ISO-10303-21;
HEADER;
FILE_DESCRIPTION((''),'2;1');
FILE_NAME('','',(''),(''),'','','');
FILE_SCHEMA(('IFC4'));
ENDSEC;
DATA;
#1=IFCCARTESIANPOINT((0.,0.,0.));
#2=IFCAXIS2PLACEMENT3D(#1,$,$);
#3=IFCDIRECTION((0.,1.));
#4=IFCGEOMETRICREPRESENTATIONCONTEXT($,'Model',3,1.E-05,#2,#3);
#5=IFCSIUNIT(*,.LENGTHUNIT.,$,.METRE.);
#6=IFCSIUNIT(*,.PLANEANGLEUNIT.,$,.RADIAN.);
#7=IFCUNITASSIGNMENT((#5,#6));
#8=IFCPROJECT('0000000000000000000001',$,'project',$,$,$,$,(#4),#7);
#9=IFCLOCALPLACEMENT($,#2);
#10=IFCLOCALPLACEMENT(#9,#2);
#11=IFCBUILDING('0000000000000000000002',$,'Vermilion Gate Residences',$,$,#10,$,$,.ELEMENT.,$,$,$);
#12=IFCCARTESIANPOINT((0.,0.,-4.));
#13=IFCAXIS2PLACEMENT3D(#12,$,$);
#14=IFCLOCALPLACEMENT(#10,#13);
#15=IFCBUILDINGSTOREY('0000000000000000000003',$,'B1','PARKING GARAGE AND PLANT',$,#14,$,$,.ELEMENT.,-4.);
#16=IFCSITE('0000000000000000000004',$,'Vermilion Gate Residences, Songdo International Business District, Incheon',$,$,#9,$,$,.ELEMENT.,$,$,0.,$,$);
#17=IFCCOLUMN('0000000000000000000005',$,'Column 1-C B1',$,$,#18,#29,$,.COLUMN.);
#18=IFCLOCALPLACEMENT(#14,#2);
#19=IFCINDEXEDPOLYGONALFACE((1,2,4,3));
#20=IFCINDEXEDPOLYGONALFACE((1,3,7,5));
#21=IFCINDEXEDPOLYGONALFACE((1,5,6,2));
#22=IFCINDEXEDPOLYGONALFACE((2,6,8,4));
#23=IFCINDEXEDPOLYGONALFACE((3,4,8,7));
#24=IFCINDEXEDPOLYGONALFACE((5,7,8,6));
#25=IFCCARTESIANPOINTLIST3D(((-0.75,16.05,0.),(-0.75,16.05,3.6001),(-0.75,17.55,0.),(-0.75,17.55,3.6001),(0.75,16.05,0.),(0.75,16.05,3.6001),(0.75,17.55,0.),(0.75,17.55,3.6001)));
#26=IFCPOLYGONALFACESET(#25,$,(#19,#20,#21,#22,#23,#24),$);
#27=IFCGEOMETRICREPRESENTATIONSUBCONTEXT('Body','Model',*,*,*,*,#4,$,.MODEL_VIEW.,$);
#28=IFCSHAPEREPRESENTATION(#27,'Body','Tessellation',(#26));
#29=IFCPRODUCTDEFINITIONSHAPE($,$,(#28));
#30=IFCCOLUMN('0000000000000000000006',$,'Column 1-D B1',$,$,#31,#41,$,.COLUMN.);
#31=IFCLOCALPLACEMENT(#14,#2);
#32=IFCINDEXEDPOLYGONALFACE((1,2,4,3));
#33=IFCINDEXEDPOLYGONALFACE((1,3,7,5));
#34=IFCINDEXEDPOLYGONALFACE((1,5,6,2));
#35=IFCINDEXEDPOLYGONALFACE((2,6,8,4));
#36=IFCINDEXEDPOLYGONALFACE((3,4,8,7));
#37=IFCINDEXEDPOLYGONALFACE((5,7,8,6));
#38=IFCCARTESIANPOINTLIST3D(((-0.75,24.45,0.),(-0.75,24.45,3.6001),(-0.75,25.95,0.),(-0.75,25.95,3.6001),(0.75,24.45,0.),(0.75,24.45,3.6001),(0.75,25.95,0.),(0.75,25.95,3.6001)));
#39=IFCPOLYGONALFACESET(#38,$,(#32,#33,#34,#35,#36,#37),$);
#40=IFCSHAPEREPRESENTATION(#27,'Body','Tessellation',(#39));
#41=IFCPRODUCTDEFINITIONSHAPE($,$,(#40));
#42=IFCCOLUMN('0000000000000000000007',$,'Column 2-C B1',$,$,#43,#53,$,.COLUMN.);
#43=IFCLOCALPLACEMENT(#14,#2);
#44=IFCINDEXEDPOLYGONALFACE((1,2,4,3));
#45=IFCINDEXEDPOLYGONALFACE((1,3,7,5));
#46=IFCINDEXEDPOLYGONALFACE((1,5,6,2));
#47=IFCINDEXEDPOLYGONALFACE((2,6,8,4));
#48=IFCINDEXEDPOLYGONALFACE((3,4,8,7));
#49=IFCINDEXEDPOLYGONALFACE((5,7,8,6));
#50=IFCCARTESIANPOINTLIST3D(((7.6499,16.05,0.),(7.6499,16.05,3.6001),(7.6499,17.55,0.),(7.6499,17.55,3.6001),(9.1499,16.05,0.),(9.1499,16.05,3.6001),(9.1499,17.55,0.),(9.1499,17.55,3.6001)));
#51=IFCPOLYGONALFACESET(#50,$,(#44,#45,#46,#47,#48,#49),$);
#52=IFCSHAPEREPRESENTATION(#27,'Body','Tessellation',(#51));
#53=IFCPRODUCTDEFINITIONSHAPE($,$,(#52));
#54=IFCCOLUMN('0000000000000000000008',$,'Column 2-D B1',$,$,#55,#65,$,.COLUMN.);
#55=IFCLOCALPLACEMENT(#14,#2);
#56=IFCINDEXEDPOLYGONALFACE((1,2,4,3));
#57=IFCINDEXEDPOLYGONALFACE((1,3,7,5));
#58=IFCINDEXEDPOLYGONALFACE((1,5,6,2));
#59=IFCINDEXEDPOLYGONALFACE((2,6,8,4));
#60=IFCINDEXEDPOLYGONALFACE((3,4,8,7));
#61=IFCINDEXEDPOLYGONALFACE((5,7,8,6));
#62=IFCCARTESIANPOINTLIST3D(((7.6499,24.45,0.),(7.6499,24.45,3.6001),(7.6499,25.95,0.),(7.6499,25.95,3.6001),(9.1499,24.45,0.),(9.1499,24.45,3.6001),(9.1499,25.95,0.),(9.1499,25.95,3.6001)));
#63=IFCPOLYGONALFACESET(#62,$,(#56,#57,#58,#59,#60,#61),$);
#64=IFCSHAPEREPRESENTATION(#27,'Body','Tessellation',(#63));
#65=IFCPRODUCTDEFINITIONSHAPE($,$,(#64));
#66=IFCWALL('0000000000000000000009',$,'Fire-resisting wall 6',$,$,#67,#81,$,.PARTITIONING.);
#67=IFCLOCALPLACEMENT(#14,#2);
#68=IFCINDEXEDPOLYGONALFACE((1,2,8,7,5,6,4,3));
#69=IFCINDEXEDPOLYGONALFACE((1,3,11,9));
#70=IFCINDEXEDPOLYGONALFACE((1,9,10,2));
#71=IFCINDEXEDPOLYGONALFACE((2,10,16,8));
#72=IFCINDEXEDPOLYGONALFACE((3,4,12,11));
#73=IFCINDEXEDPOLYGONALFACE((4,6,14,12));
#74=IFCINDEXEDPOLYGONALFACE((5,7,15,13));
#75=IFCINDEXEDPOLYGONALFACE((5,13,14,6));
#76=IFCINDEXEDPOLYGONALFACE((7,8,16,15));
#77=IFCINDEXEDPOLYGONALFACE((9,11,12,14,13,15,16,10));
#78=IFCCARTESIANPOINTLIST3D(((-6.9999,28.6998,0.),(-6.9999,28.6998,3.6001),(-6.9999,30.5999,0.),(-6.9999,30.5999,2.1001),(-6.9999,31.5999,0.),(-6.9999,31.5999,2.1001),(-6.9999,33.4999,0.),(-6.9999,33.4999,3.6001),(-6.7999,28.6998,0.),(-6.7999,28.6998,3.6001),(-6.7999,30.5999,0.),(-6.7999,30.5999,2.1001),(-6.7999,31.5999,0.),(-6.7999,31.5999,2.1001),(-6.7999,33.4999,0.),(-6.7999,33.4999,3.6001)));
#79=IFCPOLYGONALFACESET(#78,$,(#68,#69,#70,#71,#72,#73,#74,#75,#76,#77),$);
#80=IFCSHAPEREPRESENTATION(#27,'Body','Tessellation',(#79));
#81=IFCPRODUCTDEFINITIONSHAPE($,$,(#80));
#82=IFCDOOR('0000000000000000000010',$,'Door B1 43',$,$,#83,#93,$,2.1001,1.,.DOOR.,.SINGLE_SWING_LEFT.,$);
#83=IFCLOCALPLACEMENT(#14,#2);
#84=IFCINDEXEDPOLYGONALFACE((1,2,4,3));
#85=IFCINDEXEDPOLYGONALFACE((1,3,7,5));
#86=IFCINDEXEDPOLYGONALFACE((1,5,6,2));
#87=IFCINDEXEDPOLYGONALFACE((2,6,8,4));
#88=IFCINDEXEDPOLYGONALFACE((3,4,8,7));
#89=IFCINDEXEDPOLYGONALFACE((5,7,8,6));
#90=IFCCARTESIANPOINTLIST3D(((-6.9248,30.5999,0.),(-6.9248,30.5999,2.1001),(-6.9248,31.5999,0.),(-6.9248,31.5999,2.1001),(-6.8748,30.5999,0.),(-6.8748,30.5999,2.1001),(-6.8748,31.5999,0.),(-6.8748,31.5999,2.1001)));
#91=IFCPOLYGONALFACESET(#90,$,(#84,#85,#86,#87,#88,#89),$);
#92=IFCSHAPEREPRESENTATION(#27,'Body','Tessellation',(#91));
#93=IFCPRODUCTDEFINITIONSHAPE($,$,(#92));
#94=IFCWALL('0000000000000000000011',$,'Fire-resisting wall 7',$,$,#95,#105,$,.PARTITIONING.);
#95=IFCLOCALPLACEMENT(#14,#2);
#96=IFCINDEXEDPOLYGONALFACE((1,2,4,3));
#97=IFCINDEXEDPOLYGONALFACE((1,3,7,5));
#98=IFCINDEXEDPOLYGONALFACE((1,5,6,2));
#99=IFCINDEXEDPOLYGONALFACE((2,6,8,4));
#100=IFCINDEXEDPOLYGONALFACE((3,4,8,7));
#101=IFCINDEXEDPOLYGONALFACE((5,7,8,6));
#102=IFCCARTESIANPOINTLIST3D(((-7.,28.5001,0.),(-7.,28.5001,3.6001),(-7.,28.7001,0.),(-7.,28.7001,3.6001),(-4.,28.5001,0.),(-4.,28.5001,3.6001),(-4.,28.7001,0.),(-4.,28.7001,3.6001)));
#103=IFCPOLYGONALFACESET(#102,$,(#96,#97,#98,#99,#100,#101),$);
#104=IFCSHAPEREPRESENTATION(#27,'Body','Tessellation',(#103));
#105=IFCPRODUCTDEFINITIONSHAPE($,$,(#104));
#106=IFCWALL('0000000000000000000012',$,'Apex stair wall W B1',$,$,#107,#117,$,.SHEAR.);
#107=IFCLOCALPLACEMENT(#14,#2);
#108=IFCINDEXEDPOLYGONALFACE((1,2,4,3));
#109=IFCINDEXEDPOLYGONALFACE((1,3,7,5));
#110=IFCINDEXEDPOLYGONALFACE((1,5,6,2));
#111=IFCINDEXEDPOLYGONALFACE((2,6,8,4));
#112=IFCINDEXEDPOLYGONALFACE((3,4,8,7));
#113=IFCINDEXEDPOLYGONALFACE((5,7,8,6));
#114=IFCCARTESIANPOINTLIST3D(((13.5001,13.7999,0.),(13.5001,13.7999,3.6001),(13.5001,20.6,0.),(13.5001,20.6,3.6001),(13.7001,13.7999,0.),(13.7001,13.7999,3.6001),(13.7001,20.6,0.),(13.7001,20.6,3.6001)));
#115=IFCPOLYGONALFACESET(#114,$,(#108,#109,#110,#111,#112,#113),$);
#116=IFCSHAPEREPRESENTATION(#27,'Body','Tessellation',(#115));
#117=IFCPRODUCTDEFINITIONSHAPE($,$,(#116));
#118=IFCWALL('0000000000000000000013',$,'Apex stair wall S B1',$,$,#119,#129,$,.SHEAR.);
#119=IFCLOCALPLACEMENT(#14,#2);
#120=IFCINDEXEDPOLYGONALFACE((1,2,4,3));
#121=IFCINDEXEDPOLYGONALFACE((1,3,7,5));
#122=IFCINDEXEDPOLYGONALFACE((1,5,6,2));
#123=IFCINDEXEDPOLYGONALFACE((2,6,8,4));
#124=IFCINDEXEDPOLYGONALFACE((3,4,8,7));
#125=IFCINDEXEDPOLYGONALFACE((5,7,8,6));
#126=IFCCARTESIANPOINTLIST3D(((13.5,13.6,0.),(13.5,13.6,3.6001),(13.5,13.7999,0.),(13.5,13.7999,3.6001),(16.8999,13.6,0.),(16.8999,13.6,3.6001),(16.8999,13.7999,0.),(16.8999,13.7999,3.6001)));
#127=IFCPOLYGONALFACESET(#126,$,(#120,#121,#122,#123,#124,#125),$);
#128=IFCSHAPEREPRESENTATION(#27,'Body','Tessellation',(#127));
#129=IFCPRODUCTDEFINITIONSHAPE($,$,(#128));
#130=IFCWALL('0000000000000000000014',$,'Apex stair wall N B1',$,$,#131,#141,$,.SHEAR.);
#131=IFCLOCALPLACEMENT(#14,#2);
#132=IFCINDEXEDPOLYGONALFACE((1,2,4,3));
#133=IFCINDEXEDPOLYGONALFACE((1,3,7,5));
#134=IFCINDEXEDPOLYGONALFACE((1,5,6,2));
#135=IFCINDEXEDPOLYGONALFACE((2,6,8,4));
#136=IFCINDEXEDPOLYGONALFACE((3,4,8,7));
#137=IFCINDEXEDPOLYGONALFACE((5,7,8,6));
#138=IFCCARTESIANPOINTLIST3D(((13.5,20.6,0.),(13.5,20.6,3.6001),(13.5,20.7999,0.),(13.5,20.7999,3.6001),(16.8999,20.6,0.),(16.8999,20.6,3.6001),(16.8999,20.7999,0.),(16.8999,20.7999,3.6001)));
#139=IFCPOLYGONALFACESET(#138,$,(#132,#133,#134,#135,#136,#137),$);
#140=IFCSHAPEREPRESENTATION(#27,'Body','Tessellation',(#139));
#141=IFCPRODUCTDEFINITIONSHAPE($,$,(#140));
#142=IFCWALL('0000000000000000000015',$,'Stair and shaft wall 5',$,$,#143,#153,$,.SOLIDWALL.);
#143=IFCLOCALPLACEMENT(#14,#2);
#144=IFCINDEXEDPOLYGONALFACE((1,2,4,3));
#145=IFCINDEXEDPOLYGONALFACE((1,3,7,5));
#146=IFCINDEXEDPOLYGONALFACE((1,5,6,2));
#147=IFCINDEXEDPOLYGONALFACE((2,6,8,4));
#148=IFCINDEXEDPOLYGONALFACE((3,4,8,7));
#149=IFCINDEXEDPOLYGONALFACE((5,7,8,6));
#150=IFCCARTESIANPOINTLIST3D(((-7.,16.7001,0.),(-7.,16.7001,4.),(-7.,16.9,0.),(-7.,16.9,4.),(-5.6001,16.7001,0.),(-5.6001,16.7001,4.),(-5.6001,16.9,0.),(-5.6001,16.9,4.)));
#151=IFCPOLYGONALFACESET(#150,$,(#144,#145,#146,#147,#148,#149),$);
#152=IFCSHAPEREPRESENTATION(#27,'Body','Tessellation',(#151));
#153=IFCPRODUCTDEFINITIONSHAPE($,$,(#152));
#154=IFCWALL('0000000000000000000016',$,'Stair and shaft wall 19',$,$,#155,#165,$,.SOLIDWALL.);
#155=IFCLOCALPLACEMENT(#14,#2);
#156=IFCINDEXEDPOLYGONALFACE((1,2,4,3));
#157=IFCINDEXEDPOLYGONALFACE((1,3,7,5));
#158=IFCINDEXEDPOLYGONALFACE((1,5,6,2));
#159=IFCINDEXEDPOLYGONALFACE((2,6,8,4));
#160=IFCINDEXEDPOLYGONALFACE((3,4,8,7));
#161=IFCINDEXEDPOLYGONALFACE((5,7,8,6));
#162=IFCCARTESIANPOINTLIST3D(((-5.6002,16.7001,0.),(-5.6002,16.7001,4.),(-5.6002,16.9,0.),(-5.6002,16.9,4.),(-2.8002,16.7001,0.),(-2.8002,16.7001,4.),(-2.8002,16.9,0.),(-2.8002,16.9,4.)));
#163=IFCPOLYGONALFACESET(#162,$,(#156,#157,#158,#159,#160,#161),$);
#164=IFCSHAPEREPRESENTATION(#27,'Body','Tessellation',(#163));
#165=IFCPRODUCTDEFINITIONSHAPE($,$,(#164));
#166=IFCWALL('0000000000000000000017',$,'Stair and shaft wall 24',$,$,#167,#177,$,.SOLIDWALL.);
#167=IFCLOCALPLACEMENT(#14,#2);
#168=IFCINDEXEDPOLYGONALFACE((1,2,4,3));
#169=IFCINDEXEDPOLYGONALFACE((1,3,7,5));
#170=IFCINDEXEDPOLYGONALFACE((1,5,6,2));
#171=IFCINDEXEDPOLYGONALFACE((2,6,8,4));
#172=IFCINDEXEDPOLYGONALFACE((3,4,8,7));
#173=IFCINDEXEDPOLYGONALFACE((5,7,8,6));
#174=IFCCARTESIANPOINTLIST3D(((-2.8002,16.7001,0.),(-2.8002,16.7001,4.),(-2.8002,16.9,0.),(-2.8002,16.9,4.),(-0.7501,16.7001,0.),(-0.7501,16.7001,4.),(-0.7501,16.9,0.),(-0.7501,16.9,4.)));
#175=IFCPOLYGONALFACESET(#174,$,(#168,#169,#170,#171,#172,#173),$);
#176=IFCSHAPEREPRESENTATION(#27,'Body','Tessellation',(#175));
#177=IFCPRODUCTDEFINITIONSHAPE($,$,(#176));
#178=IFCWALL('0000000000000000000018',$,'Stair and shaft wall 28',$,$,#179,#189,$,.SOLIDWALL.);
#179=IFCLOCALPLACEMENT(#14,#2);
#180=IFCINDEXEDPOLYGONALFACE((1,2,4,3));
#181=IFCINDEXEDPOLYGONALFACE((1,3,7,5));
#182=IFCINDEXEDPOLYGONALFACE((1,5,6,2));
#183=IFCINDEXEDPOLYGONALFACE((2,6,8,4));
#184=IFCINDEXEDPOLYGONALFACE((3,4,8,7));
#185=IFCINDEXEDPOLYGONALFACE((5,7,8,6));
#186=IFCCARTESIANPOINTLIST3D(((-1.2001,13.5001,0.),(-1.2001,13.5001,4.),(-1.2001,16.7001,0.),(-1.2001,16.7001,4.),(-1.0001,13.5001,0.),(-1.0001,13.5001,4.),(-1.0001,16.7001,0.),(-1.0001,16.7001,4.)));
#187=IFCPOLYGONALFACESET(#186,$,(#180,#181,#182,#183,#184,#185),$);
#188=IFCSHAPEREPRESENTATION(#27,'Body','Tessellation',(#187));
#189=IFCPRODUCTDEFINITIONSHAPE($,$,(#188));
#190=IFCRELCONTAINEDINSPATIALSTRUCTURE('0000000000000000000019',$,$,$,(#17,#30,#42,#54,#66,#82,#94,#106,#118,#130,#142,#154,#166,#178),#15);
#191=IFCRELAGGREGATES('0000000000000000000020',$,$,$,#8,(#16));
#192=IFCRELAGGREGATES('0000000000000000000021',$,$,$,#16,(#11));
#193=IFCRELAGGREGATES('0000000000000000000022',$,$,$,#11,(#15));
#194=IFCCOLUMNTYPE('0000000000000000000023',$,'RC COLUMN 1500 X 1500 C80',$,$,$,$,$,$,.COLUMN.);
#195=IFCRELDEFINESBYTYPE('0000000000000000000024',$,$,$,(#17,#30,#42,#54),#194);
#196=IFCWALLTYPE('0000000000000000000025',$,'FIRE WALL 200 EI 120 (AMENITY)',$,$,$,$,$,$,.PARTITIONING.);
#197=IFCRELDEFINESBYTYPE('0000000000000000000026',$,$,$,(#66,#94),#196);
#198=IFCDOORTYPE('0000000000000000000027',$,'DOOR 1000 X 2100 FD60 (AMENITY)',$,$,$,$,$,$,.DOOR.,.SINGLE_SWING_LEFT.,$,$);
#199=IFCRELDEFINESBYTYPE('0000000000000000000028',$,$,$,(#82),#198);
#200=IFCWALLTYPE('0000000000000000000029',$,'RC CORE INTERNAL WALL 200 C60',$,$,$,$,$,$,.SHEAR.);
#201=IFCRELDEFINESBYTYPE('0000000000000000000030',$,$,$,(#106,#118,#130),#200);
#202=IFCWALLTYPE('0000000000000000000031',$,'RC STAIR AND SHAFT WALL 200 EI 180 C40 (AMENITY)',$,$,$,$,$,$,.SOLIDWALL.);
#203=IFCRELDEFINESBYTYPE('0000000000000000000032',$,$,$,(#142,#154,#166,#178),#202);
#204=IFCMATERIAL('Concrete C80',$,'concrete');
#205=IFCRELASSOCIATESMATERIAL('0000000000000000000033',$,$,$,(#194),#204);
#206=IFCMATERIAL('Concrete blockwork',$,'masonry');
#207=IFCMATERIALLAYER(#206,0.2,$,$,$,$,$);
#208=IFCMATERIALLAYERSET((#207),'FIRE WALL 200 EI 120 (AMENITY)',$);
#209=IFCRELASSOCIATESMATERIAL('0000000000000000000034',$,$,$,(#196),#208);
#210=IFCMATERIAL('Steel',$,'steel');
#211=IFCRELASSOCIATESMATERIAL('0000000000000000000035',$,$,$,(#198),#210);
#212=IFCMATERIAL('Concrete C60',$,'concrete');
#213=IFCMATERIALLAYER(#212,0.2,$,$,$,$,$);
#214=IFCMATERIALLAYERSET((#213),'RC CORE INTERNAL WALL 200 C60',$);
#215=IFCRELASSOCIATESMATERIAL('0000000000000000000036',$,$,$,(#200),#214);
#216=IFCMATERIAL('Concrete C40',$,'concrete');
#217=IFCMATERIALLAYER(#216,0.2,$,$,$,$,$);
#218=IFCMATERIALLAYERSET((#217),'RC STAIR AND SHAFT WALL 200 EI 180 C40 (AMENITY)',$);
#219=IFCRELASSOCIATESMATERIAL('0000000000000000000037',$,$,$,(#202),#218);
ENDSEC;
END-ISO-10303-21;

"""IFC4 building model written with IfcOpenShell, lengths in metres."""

from ifc_helpers import new_model, si_unit, direction, frame, frame_2d, origin, origin_2d, place, context, subcontext, project, spatial, rectangle, extrude, material, layer, layer_set, material_profile, profile_set, type_object, element, fill, save


model = new_model("IFC4")

# Units and contexts
model_context = context("Model", 3, precision=1e-05, world=origin(), true_north=direction((0.0, 1.0)))
body_context = subcontext(model_context, "Body", "Model", "MODEL_VIEW")
ifc_project = project(units=[si_unit("LENGTHUNIT", "METRE"), si_unit("PLANEANGLEUNIT", "RADIAN")], contexts=[model_context])

# Site, building, storey
site_placement = place(None, origin())
site = spatial("IfcSite", under=ifc_project, at=site_placement, Name="Vermilion Gate Residences, Songdo International Business District, Incheon", CompositionType="ELEMENT", RefElevation=0.0)
building_placement = place(site_placement, origin())
building = spatial("IfcBuilding", under=site, at=building_placement, Name="Vermilion Gate Residences", CompositionType="ELEMENT")
storey_placement = place(building_placement, frame((0.0, 0.0, -4.0)))
storey = spatial("IfcBuildingStorey", under=building, at=storey_placement, Name="B1", Description="PARKING GARAGE AND PLANT", CompositionType="ELEMENT", Elevation=-4.0)

# Columns
ifc_material_1 = material(Name="Concrete C80", Category="concrete")
ifc_material_profile = material_profile(ifc_material_1, rectangle(XDim=1.5, YDim=1.5, at=origin_2d()), Name="RC-1500x1500")
ifc_profile_set = profile_set([ifc_material_profile], Name="Concrete C80")
column_type = type_object("IfcColumnType", Name="RC COLUMN 1500 X 1500 C80", PredefinedType="COLUMN", material=ifc_profile_set)
for number, where, z_axis, x_axis, name in (
    (1, (0.0, 16.8, 0.0), (0.0, 0.0, 1.0), (1.0, 0.0, 0.0), "Column 1-C B1"),
    (2, (0.0, 25.2, 0.0), (0.0, 0.0, 1.0), (1.0, 0.0, 0.0), "Column 1-D B1"),
    (3, (8.3999, 16.8, 0.0), (0.0, 0.0, 1.0), (1.0, 0.0, 0.0), "Column 2-C B1"),
    (4, (8.3999, 25.2, 0.0), (0.0, 0.0, 1.0), (1.0, 0.0, 0.0), "Column 2-D B1"),
):
    element("IfcColumn", number, at=place(storey_placement, frame(where, z_axis=z_axis, x_axis=x_axis)), inside=storey, type_object=column_type, Name=name, PredefinedType="COLUMN", context=body_context, shape_type="SweptSolid", body=[
        extrude(rectangle(XDim=1.5, YDim=1.5, at=origin_2d()), origin(), (0.0, 0.0, 1.0), 3.6001),
    ])

# Wall, opening, door
ifc_material_2 = material(Name="Concrete blockwork", Category="masonry")
ifc_layer_1 = layer(ifc_material_2, 0.2)
ifc_layer_set_1 = layer_set([ifc_layer_1], Name="FIRE WALL 200 EI 120 (AMENITY)")
wall_type_1 = type_object("IfcWallType", Name="FIRE WALL 200 EI 120 (AMENITY)", PredefinedType="PARTITIONING", material=ifc_layer_set_1)
wall_1_placement = place(storey_placement, frame((-6.8999, 28.7, 0.0), z_axis=(0.0, 0.0, 1.0), x_axis=(0.0, 1.0, 0.0)))
wall_1 = element("IfcWall", 5, at=wall_1_placement, inside=storey, type_object=wall_type_1, Name="Fire-resisting wall 6", PredefinedType="PARTITIONING", context=body_context, shape_type="SweptSolid", body=[
    extrude(rectangle(XDim=4.8, YDim=0.2, at=frame_2d((2.3999, 0.0))), origin(), (0.0, 0.0, 1.0), 3.6001),
])
opening_placement = place(wall_1_placement, frame((1.8999, 0.0, 0.0)))
opening = element("IfcOpeningElement", 6, at=opening_placement, cuts=wall_1, PredefinedType="OPENING", context=body_context, shape_type="SweptSolid", body=[
    extrude(rectangle(XDim=1.0, YDim=2.1001, at=frame_2d((0.5, 1.05))), frame((0.0, 0.1099, 0.0), z_axis=(0.0, -1.0, 0.0), x_axis=(1.0, 0.0, 0.0)), (0.0, 0.0, 1.0), 0.22),
])
ifc_material_3 = material(Name="Steel", Category="steel")
door_type = type_object("IfcDoorType", Name="DOOR 1000 X 2100 FD60 (AMENITY)", OperationType="SINGLE_SWING_LEFT", PredefinedType="DOOR", material=ifc_material_3)
door_placement = place(opening_placement, origin())
door = element("IfcDoor", 7, at=door_placement, inside=storey, type_object=door_type, Name="Door B1 43", OperationType="SINGLE_SWING_LEFT", OverallHeight=2.1001, OverallWidth=1.0, PredefinedType="DOOR", context=body_context, shape_type="SweptSolid", body=[
    extrude(rectangle(XDim=1.0, YDim=2.1001, at=frame_2d((0.5, 1.05))), frame((0.0, 0.0249, 0.0), z_axis=(0.0, -1.0, 0.0), x_axis=(1.0, 0.0, 0.0)), (0.0, 0.0, 1.0), 0.05),
])
fill(opening, door)

# Walls
wall_2_placement = place(storey_placement, frame((-7.0, 28.6001, 0.0), z_axis=(0.0, 0.0, 1.0), x_axis=(1.0, 0.0, 0.0)))
element("IfcWall", 8, at=wall_2_placement, inside=storey, type_object=wall_type_1, Name="Fire-resisting wall 7", PredefinedType="PARTITIONING", context=body_context, shape_type="SweptSolid", body=[
    extrude(rectangle(XDim=3.0, YDim=0.2, at=frame_2d((1.5, 0.0))), origin(), (0.0, 0.0, 1.0), 3.6001),
])
ifc_material_4 = material(Name="Concrete C60", Category="concrete")
ifc_layer_2 = layer(ifc_material_4, 0.2)
ifc_layer_set_2 = layer_set([ifc_layer_2], Name="RC CORE INTERNAL WALL 200 C60")
wall_type_2 = type_object("IfcWallType", Name="RC CORE INTERNAL WALL 200 C60", PredefinedType="SHEAR", material=ifc_layer_set_2)
wall_3_placement = place(storey_placement, frame((13.6001, 13.8, 0.0), z_axis=(0.0, 0.0, 1.0), x_axis=(0.0, 1.0, 0.0)))
element("IfcWall", 9, at=wall_3_placement, inside=storey, type_object=wall_type_2, Name="Apex stair wall W B1", PredefinedType="SHEAR", context=body_context, shape_type="SweptSolid", body=[
    extrude(rectangle(XDim=6.8, YDim=0.2, at=frame_2d((3.3999, 0.0))), origin(), (0.0, 0.0, 1.0), 3.6001),
])
for number, where, z_axis, x_axis, name in (
    (10, (13.5, 13.7, 0.0), (0.0, 0.0, 1.0), (1.0, 0.0, 0.0), "Apex stair wall S B1"),
    (11, (13.5, 20.7, 0.0), (0.0, 0.0, 1.0), (1.0, 0.0, 0.0), "Apex stair wall N B1"),
):
    element("IfcWall", number, at=place(storey_placement, frame(where, z_axis=z_axis, x_axis=x_axis)), inside=storey, type_object=wall_type_2, Name=name, PredefinedType="SHEAR", context=body_context, shape_type="SweptSolid", body=[
        extrude(rectangle(XDim=3.3999, YDim=0.2, at=frame_2d((1.7, 0.0))), origin(), (0.0, 0.0, 1.0), 3.6001),
    ])
ifc_material_5 = material(Name="Concrete C40", Category="concrete")
ifc_layer_3 = layer(ifc_material_5, 0.2)
ifc_layer_set_3 = layer_set([ifc_layer_3], Name="RC STAIR AND SHAFT WALL 200 EI 180 C40 (AMENITY)")
wall_type_3 = type_object("IfcWallType", Name="RC STAIR AND SHAFT WALL 200 EI 180 C40 (AMENITY)", PredefinedType="SOLIDWALL", material=ifc_layer_set_3)
wall_4_placement = place(storey_placement, frame((-7.0, 16.8, 0.0), z_axis=(0.0, 0.0, 1.0), x_axis=(1.0, 0.0, 0.0)))
element("IfcWall", 12, at=wall_4_placement, inside=storey, type_object=wall_type_3, Name="Stair and shaft wall 5", PredefinedType="SOLIDWALL", context=body_context, shape_type="SweptSolid", body=[
    extrude(rectangle(XDim=1.3999, YDim=0.2, at=frame_2d((0.7, 0.0))), origin(), (0.0, 0.0, 1.0), 4.0),
])
wall_5_placement = place(storey_placement, frame((-5.6001, 16.8, 0.0), z_axis=(0.0, 0.0, 1.0), x_axis=(1.0, 0.0, 0.0)))
element("IfcWall", 13, at=wall_5_placement, inside=storey, type_object=wall_type_3, Name="Stair and shaft wall 19", PredefinedType="SOLIDWALL", context=body_context, shape_type="SweptSolid", body=[
    extrude(rectangle(XDim=2.8, YDim=0.2, at=frame_2d((1.3999, 0.0))), origin(), (0.0, 0.0, 1.0), 4.0),
])
wall_6_placement = place(storey_placement, frame((-2.8, 16.8, 0.0), z_axis=(0.0, 0.0, 1.0), x_axis=(1.0, 0.0, 0.0)))
element("IfcWall", 14, at=wall_6_placement, inside=storey, type_object=wall_type_3, Name="Stair and shaft wall 24", PredefinedType="SOLIDWALL", context=body_context, shape_type="SweptSolid", body=[
    extrude(rectangle(XDim=2.05, YDim=0.2, at=frame_2d((1.0249, 0.0))), origin(), (0.0, 0.0, 1.0), 4.0),
])
wall_7_placement = place(storey_placement, frame((-1.1001, 13.5, 0.0), z_axis=(0.0, 0.0, 1.0), x_axis=(0.0, 1.0, 0.0)))
element("IfcWall", 15, at=wall_7_placement, inside=storey, type_object=wall_type_3, Name="Stair and shaft wall 28", PredefinedType="SOLIDWALL", context=body_context, shape_type="SweptSolid", body=[
    extrude(rectangle(XDim=3.2, YDim=0.2, at=frame_2d((1.6001, 0.0))), origin(), (0.0, 0.0, 1.0), 4.0),
])

save(model, "model.ifc")
